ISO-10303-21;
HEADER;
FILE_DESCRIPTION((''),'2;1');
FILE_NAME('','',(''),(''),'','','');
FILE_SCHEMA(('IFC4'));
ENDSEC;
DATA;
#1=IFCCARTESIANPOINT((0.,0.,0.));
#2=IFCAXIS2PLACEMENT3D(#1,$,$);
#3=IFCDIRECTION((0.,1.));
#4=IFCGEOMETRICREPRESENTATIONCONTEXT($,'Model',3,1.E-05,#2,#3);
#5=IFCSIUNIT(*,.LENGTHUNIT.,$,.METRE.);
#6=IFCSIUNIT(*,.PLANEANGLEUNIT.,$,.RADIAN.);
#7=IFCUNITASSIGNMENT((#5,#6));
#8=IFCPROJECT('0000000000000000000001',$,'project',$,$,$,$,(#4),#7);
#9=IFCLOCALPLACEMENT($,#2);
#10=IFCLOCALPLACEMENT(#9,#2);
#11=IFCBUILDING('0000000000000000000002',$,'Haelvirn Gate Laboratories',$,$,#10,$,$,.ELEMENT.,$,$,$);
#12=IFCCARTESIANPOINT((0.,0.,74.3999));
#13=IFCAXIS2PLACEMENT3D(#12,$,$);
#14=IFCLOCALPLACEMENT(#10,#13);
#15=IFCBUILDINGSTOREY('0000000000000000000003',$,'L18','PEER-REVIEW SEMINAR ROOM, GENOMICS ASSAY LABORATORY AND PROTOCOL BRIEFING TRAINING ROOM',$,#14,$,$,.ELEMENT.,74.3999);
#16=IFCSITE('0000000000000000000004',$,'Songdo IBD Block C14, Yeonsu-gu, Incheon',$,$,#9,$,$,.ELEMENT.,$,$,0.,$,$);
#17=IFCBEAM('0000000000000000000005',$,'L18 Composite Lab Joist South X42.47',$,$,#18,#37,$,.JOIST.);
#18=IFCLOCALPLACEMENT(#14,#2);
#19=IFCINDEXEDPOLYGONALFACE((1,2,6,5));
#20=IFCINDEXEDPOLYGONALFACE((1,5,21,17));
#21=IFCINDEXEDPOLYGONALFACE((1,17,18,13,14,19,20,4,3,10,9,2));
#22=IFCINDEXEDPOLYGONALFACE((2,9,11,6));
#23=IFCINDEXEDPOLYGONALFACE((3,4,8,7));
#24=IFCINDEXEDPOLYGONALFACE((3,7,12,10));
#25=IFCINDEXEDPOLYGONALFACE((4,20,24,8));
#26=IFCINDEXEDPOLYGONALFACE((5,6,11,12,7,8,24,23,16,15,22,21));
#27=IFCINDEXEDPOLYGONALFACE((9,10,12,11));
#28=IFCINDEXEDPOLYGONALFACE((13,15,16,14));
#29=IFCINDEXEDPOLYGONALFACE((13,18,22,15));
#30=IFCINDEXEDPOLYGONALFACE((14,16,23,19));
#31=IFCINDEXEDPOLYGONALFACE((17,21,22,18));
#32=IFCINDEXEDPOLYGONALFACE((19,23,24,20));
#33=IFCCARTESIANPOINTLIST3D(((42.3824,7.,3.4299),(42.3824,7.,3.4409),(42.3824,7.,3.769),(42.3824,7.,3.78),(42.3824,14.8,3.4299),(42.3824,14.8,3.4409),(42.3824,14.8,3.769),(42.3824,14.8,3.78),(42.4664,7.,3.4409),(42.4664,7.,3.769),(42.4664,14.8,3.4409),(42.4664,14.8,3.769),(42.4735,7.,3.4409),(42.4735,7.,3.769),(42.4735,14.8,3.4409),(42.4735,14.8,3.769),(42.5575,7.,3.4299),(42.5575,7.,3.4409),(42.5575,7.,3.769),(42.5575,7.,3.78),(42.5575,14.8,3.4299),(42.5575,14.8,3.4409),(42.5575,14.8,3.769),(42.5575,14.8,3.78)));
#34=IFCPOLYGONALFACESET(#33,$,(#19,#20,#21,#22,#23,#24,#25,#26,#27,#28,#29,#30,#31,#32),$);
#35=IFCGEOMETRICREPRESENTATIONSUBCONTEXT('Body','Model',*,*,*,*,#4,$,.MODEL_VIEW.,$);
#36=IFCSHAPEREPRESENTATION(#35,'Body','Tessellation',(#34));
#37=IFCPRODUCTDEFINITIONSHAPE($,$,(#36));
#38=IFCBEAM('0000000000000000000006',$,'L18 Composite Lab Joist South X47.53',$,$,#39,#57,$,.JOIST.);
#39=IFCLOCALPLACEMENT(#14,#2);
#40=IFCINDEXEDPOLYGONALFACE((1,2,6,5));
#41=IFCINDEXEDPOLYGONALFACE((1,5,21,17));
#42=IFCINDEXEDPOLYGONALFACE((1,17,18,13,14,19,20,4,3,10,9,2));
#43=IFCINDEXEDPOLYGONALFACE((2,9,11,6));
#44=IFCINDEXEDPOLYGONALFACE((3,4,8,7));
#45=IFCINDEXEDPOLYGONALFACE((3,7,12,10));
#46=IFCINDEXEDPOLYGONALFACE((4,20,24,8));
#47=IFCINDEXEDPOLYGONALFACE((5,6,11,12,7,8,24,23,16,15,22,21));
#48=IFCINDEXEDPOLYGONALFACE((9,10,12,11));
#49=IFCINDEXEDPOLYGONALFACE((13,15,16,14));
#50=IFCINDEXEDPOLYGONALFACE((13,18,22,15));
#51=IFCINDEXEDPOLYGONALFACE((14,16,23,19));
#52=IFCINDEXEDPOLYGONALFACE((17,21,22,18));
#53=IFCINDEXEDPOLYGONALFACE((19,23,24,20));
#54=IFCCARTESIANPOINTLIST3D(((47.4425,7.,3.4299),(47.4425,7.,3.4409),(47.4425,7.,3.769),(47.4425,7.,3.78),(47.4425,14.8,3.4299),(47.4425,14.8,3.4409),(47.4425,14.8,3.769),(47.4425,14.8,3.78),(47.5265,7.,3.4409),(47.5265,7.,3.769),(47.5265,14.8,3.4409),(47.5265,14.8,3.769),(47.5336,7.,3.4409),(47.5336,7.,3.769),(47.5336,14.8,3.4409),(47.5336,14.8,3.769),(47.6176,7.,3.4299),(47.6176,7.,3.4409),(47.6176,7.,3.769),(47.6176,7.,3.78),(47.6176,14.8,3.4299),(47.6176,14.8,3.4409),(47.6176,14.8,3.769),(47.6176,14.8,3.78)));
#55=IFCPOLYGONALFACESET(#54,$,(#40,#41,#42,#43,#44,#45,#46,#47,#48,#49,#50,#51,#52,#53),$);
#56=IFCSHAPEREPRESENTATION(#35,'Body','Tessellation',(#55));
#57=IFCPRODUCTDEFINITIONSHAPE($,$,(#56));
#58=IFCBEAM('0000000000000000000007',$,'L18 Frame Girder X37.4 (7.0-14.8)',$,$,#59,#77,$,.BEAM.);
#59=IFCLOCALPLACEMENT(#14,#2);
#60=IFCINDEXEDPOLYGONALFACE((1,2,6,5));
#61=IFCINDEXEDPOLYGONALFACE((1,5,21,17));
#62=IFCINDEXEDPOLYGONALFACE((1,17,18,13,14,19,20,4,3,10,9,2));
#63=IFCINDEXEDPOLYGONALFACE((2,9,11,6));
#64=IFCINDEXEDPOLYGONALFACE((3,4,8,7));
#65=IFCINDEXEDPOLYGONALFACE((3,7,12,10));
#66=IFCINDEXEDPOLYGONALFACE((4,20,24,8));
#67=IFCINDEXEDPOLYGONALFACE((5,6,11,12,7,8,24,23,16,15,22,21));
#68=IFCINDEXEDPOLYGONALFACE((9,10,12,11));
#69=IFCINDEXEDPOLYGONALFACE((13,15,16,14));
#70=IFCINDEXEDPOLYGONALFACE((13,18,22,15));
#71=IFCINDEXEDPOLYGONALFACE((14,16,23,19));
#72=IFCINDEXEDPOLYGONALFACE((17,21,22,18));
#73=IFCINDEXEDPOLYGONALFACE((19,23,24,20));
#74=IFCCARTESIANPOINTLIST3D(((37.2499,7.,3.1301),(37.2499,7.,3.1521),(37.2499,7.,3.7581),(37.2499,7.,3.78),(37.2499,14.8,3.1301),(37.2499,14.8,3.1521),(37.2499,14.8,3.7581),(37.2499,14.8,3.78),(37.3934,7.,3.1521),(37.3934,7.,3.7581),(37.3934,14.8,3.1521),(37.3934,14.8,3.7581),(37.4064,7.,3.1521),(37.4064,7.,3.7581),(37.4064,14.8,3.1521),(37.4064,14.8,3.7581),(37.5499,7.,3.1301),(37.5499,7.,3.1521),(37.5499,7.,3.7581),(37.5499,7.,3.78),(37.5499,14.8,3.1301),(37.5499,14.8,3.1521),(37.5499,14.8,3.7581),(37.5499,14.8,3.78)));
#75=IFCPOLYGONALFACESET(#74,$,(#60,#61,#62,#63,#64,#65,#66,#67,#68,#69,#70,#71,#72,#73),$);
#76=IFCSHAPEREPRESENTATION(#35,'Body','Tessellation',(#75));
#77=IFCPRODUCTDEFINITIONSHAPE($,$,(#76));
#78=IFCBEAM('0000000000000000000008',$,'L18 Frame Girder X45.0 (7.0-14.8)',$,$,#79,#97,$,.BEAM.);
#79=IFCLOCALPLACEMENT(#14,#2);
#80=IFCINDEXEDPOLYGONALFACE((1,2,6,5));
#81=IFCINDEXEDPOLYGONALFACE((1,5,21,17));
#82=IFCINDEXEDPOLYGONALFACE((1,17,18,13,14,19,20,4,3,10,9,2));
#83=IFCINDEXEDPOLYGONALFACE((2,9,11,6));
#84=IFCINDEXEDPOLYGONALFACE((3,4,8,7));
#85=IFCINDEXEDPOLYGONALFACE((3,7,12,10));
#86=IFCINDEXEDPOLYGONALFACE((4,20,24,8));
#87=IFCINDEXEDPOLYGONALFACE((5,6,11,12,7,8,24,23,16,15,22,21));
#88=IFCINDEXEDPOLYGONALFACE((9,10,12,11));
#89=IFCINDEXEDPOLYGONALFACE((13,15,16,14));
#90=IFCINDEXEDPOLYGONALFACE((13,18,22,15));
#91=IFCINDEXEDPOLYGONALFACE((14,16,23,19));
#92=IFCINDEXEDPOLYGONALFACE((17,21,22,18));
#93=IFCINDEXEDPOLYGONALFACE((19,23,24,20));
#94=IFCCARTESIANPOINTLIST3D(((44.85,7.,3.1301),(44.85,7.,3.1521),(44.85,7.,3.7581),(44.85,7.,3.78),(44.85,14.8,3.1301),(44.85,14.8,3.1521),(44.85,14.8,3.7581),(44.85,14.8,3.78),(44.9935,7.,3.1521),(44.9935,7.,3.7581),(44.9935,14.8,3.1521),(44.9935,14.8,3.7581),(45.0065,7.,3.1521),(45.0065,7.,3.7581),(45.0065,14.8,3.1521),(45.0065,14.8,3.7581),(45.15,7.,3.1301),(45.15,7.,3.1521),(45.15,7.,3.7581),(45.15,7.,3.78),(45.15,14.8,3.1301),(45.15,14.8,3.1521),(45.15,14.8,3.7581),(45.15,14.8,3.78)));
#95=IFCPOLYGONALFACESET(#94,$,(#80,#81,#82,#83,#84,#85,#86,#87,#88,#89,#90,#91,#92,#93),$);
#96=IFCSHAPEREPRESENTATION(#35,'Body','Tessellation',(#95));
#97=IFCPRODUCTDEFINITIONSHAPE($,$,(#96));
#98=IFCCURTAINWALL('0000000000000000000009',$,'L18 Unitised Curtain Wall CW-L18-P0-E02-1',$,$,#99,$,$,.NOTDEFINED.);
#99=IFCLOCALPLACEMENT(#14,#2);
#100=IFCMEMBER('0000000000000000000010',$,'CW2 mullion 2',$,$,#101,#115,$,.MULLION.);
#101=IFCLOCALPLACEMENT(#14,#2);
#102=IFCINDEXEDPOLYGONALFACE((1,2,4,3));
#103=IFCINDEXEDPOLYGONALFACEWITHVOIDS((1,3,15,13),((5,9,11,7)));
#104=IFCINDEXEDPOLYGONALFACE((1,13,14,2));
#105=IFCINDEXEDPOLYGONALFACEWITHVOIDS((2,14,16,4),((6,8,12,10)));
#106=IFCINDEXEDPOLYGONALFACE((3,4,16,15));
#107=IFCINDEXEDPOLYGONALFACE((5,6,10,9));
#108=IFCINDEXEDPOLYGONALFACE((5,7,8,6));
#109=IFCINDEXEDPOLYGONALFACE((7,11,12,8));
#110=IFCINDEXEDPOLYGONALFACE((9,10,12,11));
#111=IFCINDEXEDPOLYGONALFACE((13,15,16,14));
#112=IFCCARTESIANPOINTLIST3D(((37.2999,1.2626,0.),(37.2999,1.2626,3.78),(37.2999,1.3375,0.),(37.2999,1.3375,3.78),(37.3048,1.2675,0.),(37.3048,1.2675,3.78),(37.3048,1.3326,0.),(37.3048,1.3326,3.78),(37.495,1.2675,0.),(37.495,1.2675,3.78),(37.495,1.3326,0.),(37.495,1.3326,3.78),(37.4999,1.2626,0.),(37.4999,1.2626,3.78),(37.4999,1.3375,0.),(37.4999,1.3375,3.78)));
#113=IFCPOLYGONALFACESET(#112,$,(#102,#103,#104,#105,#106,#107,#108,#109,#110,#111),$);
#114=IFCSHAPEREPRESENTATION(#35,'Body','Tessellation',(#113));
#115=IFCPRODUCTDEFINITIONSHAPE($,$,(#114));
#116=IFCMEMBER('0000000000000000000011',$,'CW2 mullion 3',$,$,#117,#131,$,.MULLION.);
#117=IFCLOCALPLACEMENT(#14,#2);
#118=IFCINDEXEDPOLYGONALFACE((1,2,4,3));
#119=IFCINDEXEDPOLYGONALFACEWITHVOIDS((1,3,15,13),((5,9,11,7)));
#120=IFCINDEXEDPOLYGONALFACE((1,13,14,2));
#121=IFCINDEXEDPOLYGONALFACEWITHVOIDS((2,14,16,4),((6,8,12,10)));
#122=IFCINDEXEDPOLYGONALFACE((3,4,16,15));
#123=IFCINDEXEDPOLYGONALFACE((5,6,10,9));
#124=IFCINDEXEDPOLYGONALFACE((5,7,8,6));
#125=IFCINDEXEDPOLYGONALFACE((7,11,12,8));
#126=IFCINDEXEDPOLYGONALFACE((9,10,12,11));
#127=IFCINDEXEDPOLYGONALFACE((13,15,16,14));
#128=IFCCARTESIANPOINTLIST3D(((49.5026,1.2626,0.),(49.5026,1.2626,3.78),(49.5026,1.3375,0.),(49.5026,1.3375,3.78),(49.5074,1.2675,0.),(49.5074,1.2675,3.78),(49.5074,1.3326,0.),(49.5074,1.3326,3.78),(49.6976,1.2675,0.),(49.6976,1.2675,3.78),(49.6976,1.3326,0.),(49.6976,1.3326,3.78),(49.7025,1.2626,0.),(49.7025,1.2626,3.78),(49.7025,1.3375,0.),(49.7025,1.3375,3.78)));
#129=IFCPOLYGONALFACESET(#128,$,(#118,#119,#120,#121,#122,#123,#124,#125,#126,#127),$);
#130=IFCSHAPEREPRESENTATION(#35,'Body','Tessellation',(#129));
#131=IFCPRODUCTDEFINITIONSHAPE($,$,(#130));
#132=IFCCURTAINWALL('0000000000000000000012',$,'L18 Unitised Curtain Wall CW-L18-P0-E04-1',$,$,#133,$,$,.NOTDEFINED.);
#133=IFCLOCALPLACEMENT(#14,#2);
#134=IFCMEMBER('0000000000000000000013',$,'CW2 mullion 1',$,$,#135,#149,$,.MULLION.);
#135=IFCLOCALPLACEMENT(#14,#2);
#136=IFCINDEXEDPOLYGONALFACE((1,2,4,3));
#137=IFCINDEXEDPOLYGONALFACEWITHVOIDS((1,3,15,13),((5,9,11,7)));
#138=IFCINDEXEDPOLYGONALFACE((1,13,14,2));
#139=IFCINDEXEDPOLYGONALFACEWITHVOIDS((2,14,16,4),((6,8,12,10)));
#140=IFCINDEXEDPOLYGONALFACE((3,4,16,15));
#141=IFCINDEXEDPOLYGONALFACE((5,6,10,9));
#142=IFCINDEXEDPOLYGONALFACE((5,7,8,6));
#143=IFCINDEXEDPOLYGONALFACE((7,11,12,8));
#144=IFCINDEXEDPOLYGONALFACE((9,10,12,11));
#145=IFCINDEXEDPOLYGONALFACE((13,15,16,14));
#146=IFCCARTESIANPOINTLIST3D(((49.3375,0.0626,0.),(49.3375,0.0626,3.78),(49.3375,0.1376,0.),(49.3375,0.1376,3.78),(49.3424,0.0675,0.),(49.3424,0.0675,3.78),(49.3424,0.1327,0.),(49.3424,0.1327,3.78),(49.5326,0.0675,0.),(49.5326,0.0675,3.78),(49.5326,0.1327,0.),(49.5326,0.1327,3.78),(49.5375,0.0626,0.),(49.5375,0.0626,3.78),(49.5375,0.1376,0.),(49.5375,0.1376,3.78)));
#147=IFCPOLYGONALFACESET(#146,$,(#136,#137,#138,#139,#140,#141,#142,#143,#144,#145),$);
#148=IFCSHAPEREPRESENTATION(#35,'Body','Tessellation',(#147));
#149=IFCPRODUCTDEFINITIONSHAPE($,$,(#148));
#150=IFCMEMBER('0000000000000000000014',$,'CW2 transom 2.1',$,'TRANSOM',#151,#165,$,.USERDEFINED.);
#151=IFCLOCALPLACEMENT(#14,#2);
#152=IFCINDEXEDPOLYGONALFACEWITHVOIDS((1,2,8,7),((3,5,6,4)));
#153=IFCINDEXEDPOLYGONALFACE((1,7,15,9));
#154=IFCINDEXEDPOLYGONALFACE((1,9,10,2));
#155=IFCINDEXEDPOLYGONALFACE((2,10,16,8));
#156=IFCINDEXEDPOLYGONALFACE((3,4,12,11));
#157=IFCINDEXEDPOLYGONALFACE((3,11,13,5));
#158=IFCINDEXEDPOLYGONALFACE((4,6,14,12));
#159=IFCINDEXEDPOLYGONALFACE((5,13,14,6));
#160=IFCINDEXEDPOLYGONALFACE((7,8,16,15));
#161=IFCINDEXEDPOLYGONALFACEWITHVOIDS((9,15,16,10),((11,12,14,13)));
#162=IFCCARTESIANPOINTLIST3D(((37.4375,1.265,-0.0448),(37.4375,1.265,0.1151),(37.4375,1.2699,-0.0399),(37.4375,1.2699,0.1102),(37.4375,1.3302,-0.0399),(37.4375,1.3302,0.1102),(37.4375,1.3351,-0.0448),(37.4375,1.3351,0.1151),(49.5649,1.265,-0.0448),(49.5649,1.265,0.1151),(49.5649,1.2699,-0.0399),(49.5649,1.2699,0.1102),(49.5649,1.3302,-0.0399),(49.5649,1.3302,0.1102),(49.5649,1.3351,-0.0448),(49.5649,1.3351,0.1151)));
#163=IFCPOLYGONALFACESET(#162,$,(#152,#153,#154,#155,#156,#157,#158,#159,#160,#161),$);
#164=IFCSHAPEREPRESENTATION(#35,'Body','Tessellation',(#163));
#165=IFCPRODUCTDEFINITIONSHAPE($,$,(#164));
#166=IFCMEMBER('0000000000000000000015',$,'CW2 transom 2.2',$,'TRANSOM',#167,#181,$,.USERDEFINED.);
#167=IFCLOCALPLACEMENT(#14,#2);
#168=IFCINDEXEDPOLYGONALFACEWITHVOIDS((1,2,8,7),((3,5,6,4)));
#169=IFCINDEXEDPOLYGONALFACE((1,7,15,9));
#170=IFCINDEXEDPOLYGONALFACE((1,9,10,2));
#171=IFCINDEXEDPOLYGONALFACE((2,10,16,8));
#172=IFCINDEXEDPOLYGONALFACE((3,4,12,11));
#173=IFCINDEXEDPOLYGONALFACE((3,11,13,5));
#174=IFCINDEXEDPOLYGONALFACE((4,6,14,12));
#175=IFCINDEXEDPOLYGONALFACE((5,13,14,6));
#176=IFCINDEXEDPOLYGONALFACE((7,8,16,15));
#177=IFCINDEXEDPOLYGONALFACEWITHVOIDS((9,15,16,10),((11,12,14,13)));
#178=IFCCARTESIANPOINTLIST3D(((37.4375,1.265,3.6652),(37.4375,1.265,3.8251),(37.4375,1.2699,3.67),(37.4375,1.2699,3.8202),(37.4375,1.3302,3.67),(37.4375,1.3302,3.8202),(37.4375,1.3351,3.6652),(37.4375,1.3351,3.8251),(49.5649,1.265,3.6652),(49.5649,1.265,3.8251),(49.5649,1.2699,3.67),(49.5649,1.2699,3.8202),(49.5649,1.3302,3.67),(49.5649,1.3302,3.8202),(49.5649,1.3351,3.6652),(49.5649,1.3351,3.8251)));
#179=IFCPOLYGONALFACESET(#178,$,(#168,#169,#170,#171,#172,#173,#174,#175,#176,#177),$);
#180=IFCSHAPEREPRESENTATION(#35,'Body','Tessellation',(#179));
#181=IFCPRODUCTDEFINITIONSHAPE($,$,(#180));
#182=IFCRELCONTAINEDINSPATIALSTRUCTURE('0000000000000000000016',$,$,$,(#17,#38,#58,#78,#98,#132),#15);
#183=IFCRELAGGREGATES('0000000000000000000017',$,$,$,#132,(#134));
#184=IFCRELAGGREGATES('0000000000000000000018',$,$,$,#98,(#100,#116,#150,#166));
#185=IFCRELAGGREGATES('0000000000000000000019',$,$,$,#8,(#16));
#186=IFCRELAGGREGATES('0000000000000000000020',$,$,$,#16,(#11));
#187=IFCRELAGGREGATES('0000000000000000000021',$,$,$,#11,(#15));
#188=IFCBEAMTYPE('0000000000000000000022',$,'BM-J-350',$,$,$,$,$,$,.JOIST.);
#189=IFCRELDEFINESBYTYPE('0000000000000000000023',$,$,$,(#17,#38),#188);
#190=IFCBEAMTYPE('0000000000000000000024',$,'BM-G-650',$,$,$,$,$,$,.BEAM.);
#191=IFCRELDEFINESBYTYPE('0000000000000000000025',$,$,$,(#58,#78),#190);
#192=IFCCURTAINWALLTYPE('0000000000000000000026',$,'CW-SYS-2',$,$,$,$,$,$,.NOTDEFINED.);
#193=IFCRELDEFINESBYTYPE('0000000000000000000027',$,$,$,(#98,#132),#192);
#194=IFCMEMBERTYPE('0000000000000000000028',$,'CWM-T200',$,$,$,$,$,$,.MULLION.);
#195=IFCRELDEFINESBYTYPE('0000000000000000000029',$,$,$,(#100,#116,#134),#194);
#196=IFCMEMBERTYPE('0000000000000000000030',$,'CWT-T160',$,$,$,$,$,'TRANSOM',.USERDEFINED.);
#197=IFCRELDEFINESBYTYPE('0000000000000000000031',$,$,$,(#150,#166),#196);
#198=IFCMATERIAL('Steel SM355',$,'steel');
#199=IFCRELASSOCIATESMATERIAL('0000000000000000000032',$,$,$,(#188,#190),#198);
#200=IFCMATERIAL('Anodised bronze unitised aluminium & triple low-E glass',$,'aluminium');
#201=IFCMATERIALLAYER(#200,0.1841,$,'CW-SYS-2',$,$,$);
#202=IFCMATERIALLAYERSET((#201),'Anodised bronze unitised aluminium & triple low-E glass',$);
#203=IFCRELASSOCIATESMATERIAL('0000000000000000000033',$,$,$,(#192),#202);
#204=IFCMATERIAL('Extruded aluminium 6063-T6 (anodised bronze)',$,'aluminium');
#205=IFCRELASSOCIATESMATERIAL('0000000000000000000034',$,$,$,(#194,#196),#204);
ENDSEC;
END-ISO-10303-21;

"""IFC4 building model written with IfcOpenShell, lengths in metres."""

from ifc_helpers import new_model, si_unit, direction, frame, origin, origin_2d, place, context, subcontext, project, spatial, hollow_rectangle, i_section, extrude, source, transform, mapped, material, layer, layer_set, material_profile, profile_set, type_object, type_shapes, element, aggregate, save


model = new_model("IFC4")

# Units and contexts
model_context = context("Model", 3, precision=1e-05, world=origin(), true_north=direction((0.0, 1.0)))
body_context = subcontext(model_context, "Body", "Model", "MODEL_VIEW")
ifc_project = project(units=[si_unit("LENGTHUNIT", "METRE"), si_unit("PLANEANGLEUNIT", "RADIAN")], contexts=[model_context])

# Site, building, storey
site_placement = place(None, origin())
site = spatial("IfcSite", under=ifc_project, at=site_placement, Name="Songdo IBD Block C14, Yeonsu-gu, Incheon", CompositionType="ELEMENT", RefElevation=0.0)
building_placement = place(site_placement, origin())
building = spatial("IfcBuilding", under=site, at=building_placement, Name="Haelvirn Gate Laboratories", CompositionType="ELEMENT")
storey_placement = place(building_placement, frame((0.0, 0.0, 74.3999)))
storey = spatial("IfcBuildingStorey", under=building, at=storey_placement, Name="L18", Description="PEER-REVIEW SEMINAR ROOM, GENOMICS ASSAY LABORATORY AND PROTOCOL BRIEFING TRAINING ROOM", CompositionType="ELEMENT", Elevation=74.3999)

# Beams
ifc_material_1 = material(Name="Steel SM355", Category="steel")
ifc_material_profile_1 = material_profile(ifc_material_1, i_section(OverallWidth=0.175, OverallDepth=0.3501, WebThickness=0.0071, FlangeThickness=0.011, at=origin_2d()), Name="H-350x175x7x11")
ifc_profile_set_1 = profile_set([ifc_material_profile_1], Name="Steel SM355")
beam_type_1 = type_object("IfcBeamType", Name="BM-J-350", PredefinedType="JOIST", material=ifc_profile_set_1)
shared_shape_1 = source(origin(), body_context, "Body", "SweptSolid", [
    extrude(i_section(OverallWidth=0.175, OverallDepth=0.3501, WebThickness=0.0071, FlangeThickness=0.011, at=origin_2d()), origin(), (0.0, 0.0, 1.0), 7.8),
])
type_shapes(beam_type_1, [shared_shape_1])
for number, where, z_axis, x_axis, name in (
    (1, (42.47, 7.0, 3.605), (0.0, 1.0, 0.0), (-1.0, 0.0, 0.0), "L18 Composite Lab Joist South X42.47"),
    (2, (47.53, 7.0, 3.605), (0.0, 1.0, 0.0), (-1.0, 0.0, 0.0), "L18 Composite Lab Joist South X47.53"),
):
    element("IfcBeam", number, at=place(storey_placement, frame(where, z_axis=z_axis, x_axis=x_axis)), inside=storey, type_object=beam_type_1, Name=name, PredefinedType="JOIST", context=body_context, shape_type="MappedRepresentation", body=[
        mapped(shared_shape_1, transform((0.0, 0.0, 0.0), scale=1.0)),
    ])
ifc_material_profile_2 = material_profile(ifc_material_1, i_section(OverallWidth=0.3, OverallDepth=0.6499, WebThickness=0.0129, FlangeThickness=0.022, at=origin_2d()), Name="H-650x300x13x22")
ifc_profile_set_2 = profile_set([ifc_material_profile_2], Name="Steel SM355")
beam_type_2 = type_object("IfcBeamType", Name="BM-G-650", PredefinedType="BEAM", material=ifc_profile_set_2)
shared_shape_2 = source(origin(), body_context, "Body", "SweptSolid", [
    extrude(i_section(OverallWidth=0.3, OverallDepth=0.6499, WebThickness=0.0129, FlangeThickness=0.022, at=origin_2d()), origin(), (0.0, 0.0, 1.0), 7.8),
])
type_shapes(beam_type_2, [shared_shape_2])
for number, where, z_axis, x_axis, name in (
    (3, (37.3999, 7.0, 3.4551), (0.0, 1.0, 0.0), (-1.0, 0.0, 0.0), "L18 Frame Girder X37.4 (7.0-14.8)"),
    (4, (45.0, 7.0, 3.4551), (0.0, 1.0, 0.0), (-1.0, 0.0, 0.0), "L18 Frame Girder X45.0 (7.0-14.8)"),
):
    element("IfcBeam", number, at=place(storey_placement, frame(where, z_axis=z_axis, x_axis=x_axis)), inside=storey, type_object=beam_type_2, Name=name, PredefinedType="BEAM", context=body_context, shape_type="MappedRepresentation", body=[
        mapped(shared_shape_2, transform((0.0, 0.0, 0.0), scale=1.0)),
    ])

# Curtain wall, members
ifc_material_2 = material(Name="Anodised bronze unitised aluminium & triple low-E glass", Category="aluminium")
ifc_layer_1 = layer(ifc_material_2, 0.1841, Name="CW-SYS-2")
ifc_layer_set_1 = layer_set([ifc_layer_1], Name="Anodised bronze unitised aluminium & triple low-E glass")
curtain_wall_type = type_object("IfcCurtainWallType", Name="CW-SYS-2", PredefinedType="NOTDEFINED", material=ifc_layer_set_1)
curtain_wall_1_placement = place(storey_placement, origin())
curtain_wall_1 = element("IfcCurtainWall", 5, at=curtain_wall_1_placement, inside=storey, type_object=curtain_wall_type, Name="L18 Unitised Curtain Wall CW-L18-P0-E02-1", PredefinedType="NOTDEFINED")
ifc_material_3 = material(Name="Extruded aluminium 6063-T6 (anodised bronze)", Category="aluminium")
ifc_material_profile_3 = material_profile(ifc_material_3, hollow_rectangle(XDim=0.075, YDim=0.2, WallThickness=0.0049, at=origin_2d()), Name="CWM-200x75x5")
ifc_profile_set_3 = profile_set([ifc_material_profile_3], Name="Extruded aluminium 6063-T6 (anodised bronze)")
member_type_1 = type_object("IfcMemberType", Name="CWM-T200", PredefinedType="MULLION", material=ifc_profile_set_3)
shared_shape_3 = source(origin(), body_context, "Body", "SweptSolid", [
    extrude(hollow_rectangle(XDim=0.075, YDim=0.2, WallThickness=0.0049, at=origin_2d()), origin(), (0.0, 0.0, 1.0), 3.78),
])
type_shapes(member_type_1, [shared_shape_3])
member_1_placement = place(storey_placement, frame((37.3999, 1.3, 0.0), z_axis=(0.0, 0.0, 1.0), x_axis=(0.0, 1.0, 0.0)))
member_1 = element("IfcMember", 6, at=member_1_placement, type_object=member_type_1, Name="CW2 mullion 2", PredefinedType="MULLION", context=body_context, shape_type="MappedRepresentation", body=[
    mapped(shared_shape_3, transform((0.0, 0.0, 0.0), scale=1.0)),
])
member_2_placement = place(storey_placement, frame((49.6025, 1.3, 0.0), z_axis=(0.0, 0.0, 1.0), x_axis=(0.0, 1.0, 0.0)))
member_2 = element("IfcMember", 7, at=member_2_placement, type_object=member_type_1, Name="CW2 mullion 3", PredefinedType="MULLION", context=body_context, shape_type="MappedRepresentation", body=[
    mapped(shared_shape_3, transform((0.0, 0.0, 0.0), scale=1.0)),
])

# Curtain wall, member
curtain_wall_2_placement = place(storey_placement, origin())
curtain_wall_2 = element("IfcCurtainWall", 8, at=curtain_wall_2_placement, inside=storey, type_object=curtain_wall_type, Name="L18 Unitised Curtain Wall CW-L18-P0-E04-1", PredefinedType="NOTDEFINED")
member_3_placement = place(storey_placement, frame((49.4375, 0.1001, 0.0), z_axis=(0.0, 0.0, 1.0), x_axis=(0.0, 1.0, 0.0)))
member_3 = element("IfcMember", 9, at=member_3_placement, type_object=member_type_1, Name="CW2 mullion 1", PredefinedType="MULLION", context=body_context, shape_type="MappedRepresentation", body=[
    mapped(shared_shape_3, transform((0.0, 0.0, 0.0), scale=1.0)),
])

# Members
ifc_material_profile_4 = material_profile(ifc_material_3, hollow_rectangle(XDim=0.0701, YDim=0.1599, WallThickness=0.0049, at=origin_2d()), Name="CWT-160x70x5")
ifc_profile_set_4 = profile_set([ifc_material_profile_4], Name="Extruded aluminium 6063-T6 (anodised bronze)")
member_type_2 = type_object("IfcMemberType", Name="CWT-T160", ElementType="TRANSOM", PredefinedType="USERDEFINED", material=ifc_profile_set_4)
shared_shape_4 = source(origin(), body_context, "Body", "SweptSolid", [
    extrude(hollow_rectangle(XDim=0.0701, YDim=0.1599, WallThickness=0.0049, at=origin_2d()), origin(), (0.0, 0.0, 1.0), 12.1274),
])
member_4_placement = place(storey_placement, frame((37.4375, 1.3, 0.0352), z_axis=(1.0, 0.0, 0.0), x_axis=(0.0, 1.0, 0.0)))
member_4 = element("IfcMember", 10, at=member_4_placement, type_object=member_type_2, Name="CW2 transom 2.1", ObjectType="TRANSOM", PredefinedType="USERDEFINED", context=body_context, shape_type="MappedRepresentation", body=[
    mapped(shared_shape_4, transform((0.0, 0.0, 0.0), scale=1.0)),
])
member_5_placement = place(storey_placement, frame((37.4375, 1.3, 3.7451), z_axis=(1.0, 0.0, 0.0), x_axis=(0.0, 1.0, 0.0)))
member_5 = element("IfcMember", 11, at=member_5_placement, type_object=member_type_2, Name="CW2 transom 2.2", ObjectType="TRANSOM", PredefinedType="USERDEFINED", context=body_context, shape_type="MappedRepresentation", body=[
    mapped(shared_shape_4, transform((0.0, 0.0, 0.0), scale=1.0)),
])
aggregate(curtain_wall_2, [member_3])

aggregate(curtain_wall_1, [member_1, member_2, member_4, member_5])

save(model, "model.ifc")
